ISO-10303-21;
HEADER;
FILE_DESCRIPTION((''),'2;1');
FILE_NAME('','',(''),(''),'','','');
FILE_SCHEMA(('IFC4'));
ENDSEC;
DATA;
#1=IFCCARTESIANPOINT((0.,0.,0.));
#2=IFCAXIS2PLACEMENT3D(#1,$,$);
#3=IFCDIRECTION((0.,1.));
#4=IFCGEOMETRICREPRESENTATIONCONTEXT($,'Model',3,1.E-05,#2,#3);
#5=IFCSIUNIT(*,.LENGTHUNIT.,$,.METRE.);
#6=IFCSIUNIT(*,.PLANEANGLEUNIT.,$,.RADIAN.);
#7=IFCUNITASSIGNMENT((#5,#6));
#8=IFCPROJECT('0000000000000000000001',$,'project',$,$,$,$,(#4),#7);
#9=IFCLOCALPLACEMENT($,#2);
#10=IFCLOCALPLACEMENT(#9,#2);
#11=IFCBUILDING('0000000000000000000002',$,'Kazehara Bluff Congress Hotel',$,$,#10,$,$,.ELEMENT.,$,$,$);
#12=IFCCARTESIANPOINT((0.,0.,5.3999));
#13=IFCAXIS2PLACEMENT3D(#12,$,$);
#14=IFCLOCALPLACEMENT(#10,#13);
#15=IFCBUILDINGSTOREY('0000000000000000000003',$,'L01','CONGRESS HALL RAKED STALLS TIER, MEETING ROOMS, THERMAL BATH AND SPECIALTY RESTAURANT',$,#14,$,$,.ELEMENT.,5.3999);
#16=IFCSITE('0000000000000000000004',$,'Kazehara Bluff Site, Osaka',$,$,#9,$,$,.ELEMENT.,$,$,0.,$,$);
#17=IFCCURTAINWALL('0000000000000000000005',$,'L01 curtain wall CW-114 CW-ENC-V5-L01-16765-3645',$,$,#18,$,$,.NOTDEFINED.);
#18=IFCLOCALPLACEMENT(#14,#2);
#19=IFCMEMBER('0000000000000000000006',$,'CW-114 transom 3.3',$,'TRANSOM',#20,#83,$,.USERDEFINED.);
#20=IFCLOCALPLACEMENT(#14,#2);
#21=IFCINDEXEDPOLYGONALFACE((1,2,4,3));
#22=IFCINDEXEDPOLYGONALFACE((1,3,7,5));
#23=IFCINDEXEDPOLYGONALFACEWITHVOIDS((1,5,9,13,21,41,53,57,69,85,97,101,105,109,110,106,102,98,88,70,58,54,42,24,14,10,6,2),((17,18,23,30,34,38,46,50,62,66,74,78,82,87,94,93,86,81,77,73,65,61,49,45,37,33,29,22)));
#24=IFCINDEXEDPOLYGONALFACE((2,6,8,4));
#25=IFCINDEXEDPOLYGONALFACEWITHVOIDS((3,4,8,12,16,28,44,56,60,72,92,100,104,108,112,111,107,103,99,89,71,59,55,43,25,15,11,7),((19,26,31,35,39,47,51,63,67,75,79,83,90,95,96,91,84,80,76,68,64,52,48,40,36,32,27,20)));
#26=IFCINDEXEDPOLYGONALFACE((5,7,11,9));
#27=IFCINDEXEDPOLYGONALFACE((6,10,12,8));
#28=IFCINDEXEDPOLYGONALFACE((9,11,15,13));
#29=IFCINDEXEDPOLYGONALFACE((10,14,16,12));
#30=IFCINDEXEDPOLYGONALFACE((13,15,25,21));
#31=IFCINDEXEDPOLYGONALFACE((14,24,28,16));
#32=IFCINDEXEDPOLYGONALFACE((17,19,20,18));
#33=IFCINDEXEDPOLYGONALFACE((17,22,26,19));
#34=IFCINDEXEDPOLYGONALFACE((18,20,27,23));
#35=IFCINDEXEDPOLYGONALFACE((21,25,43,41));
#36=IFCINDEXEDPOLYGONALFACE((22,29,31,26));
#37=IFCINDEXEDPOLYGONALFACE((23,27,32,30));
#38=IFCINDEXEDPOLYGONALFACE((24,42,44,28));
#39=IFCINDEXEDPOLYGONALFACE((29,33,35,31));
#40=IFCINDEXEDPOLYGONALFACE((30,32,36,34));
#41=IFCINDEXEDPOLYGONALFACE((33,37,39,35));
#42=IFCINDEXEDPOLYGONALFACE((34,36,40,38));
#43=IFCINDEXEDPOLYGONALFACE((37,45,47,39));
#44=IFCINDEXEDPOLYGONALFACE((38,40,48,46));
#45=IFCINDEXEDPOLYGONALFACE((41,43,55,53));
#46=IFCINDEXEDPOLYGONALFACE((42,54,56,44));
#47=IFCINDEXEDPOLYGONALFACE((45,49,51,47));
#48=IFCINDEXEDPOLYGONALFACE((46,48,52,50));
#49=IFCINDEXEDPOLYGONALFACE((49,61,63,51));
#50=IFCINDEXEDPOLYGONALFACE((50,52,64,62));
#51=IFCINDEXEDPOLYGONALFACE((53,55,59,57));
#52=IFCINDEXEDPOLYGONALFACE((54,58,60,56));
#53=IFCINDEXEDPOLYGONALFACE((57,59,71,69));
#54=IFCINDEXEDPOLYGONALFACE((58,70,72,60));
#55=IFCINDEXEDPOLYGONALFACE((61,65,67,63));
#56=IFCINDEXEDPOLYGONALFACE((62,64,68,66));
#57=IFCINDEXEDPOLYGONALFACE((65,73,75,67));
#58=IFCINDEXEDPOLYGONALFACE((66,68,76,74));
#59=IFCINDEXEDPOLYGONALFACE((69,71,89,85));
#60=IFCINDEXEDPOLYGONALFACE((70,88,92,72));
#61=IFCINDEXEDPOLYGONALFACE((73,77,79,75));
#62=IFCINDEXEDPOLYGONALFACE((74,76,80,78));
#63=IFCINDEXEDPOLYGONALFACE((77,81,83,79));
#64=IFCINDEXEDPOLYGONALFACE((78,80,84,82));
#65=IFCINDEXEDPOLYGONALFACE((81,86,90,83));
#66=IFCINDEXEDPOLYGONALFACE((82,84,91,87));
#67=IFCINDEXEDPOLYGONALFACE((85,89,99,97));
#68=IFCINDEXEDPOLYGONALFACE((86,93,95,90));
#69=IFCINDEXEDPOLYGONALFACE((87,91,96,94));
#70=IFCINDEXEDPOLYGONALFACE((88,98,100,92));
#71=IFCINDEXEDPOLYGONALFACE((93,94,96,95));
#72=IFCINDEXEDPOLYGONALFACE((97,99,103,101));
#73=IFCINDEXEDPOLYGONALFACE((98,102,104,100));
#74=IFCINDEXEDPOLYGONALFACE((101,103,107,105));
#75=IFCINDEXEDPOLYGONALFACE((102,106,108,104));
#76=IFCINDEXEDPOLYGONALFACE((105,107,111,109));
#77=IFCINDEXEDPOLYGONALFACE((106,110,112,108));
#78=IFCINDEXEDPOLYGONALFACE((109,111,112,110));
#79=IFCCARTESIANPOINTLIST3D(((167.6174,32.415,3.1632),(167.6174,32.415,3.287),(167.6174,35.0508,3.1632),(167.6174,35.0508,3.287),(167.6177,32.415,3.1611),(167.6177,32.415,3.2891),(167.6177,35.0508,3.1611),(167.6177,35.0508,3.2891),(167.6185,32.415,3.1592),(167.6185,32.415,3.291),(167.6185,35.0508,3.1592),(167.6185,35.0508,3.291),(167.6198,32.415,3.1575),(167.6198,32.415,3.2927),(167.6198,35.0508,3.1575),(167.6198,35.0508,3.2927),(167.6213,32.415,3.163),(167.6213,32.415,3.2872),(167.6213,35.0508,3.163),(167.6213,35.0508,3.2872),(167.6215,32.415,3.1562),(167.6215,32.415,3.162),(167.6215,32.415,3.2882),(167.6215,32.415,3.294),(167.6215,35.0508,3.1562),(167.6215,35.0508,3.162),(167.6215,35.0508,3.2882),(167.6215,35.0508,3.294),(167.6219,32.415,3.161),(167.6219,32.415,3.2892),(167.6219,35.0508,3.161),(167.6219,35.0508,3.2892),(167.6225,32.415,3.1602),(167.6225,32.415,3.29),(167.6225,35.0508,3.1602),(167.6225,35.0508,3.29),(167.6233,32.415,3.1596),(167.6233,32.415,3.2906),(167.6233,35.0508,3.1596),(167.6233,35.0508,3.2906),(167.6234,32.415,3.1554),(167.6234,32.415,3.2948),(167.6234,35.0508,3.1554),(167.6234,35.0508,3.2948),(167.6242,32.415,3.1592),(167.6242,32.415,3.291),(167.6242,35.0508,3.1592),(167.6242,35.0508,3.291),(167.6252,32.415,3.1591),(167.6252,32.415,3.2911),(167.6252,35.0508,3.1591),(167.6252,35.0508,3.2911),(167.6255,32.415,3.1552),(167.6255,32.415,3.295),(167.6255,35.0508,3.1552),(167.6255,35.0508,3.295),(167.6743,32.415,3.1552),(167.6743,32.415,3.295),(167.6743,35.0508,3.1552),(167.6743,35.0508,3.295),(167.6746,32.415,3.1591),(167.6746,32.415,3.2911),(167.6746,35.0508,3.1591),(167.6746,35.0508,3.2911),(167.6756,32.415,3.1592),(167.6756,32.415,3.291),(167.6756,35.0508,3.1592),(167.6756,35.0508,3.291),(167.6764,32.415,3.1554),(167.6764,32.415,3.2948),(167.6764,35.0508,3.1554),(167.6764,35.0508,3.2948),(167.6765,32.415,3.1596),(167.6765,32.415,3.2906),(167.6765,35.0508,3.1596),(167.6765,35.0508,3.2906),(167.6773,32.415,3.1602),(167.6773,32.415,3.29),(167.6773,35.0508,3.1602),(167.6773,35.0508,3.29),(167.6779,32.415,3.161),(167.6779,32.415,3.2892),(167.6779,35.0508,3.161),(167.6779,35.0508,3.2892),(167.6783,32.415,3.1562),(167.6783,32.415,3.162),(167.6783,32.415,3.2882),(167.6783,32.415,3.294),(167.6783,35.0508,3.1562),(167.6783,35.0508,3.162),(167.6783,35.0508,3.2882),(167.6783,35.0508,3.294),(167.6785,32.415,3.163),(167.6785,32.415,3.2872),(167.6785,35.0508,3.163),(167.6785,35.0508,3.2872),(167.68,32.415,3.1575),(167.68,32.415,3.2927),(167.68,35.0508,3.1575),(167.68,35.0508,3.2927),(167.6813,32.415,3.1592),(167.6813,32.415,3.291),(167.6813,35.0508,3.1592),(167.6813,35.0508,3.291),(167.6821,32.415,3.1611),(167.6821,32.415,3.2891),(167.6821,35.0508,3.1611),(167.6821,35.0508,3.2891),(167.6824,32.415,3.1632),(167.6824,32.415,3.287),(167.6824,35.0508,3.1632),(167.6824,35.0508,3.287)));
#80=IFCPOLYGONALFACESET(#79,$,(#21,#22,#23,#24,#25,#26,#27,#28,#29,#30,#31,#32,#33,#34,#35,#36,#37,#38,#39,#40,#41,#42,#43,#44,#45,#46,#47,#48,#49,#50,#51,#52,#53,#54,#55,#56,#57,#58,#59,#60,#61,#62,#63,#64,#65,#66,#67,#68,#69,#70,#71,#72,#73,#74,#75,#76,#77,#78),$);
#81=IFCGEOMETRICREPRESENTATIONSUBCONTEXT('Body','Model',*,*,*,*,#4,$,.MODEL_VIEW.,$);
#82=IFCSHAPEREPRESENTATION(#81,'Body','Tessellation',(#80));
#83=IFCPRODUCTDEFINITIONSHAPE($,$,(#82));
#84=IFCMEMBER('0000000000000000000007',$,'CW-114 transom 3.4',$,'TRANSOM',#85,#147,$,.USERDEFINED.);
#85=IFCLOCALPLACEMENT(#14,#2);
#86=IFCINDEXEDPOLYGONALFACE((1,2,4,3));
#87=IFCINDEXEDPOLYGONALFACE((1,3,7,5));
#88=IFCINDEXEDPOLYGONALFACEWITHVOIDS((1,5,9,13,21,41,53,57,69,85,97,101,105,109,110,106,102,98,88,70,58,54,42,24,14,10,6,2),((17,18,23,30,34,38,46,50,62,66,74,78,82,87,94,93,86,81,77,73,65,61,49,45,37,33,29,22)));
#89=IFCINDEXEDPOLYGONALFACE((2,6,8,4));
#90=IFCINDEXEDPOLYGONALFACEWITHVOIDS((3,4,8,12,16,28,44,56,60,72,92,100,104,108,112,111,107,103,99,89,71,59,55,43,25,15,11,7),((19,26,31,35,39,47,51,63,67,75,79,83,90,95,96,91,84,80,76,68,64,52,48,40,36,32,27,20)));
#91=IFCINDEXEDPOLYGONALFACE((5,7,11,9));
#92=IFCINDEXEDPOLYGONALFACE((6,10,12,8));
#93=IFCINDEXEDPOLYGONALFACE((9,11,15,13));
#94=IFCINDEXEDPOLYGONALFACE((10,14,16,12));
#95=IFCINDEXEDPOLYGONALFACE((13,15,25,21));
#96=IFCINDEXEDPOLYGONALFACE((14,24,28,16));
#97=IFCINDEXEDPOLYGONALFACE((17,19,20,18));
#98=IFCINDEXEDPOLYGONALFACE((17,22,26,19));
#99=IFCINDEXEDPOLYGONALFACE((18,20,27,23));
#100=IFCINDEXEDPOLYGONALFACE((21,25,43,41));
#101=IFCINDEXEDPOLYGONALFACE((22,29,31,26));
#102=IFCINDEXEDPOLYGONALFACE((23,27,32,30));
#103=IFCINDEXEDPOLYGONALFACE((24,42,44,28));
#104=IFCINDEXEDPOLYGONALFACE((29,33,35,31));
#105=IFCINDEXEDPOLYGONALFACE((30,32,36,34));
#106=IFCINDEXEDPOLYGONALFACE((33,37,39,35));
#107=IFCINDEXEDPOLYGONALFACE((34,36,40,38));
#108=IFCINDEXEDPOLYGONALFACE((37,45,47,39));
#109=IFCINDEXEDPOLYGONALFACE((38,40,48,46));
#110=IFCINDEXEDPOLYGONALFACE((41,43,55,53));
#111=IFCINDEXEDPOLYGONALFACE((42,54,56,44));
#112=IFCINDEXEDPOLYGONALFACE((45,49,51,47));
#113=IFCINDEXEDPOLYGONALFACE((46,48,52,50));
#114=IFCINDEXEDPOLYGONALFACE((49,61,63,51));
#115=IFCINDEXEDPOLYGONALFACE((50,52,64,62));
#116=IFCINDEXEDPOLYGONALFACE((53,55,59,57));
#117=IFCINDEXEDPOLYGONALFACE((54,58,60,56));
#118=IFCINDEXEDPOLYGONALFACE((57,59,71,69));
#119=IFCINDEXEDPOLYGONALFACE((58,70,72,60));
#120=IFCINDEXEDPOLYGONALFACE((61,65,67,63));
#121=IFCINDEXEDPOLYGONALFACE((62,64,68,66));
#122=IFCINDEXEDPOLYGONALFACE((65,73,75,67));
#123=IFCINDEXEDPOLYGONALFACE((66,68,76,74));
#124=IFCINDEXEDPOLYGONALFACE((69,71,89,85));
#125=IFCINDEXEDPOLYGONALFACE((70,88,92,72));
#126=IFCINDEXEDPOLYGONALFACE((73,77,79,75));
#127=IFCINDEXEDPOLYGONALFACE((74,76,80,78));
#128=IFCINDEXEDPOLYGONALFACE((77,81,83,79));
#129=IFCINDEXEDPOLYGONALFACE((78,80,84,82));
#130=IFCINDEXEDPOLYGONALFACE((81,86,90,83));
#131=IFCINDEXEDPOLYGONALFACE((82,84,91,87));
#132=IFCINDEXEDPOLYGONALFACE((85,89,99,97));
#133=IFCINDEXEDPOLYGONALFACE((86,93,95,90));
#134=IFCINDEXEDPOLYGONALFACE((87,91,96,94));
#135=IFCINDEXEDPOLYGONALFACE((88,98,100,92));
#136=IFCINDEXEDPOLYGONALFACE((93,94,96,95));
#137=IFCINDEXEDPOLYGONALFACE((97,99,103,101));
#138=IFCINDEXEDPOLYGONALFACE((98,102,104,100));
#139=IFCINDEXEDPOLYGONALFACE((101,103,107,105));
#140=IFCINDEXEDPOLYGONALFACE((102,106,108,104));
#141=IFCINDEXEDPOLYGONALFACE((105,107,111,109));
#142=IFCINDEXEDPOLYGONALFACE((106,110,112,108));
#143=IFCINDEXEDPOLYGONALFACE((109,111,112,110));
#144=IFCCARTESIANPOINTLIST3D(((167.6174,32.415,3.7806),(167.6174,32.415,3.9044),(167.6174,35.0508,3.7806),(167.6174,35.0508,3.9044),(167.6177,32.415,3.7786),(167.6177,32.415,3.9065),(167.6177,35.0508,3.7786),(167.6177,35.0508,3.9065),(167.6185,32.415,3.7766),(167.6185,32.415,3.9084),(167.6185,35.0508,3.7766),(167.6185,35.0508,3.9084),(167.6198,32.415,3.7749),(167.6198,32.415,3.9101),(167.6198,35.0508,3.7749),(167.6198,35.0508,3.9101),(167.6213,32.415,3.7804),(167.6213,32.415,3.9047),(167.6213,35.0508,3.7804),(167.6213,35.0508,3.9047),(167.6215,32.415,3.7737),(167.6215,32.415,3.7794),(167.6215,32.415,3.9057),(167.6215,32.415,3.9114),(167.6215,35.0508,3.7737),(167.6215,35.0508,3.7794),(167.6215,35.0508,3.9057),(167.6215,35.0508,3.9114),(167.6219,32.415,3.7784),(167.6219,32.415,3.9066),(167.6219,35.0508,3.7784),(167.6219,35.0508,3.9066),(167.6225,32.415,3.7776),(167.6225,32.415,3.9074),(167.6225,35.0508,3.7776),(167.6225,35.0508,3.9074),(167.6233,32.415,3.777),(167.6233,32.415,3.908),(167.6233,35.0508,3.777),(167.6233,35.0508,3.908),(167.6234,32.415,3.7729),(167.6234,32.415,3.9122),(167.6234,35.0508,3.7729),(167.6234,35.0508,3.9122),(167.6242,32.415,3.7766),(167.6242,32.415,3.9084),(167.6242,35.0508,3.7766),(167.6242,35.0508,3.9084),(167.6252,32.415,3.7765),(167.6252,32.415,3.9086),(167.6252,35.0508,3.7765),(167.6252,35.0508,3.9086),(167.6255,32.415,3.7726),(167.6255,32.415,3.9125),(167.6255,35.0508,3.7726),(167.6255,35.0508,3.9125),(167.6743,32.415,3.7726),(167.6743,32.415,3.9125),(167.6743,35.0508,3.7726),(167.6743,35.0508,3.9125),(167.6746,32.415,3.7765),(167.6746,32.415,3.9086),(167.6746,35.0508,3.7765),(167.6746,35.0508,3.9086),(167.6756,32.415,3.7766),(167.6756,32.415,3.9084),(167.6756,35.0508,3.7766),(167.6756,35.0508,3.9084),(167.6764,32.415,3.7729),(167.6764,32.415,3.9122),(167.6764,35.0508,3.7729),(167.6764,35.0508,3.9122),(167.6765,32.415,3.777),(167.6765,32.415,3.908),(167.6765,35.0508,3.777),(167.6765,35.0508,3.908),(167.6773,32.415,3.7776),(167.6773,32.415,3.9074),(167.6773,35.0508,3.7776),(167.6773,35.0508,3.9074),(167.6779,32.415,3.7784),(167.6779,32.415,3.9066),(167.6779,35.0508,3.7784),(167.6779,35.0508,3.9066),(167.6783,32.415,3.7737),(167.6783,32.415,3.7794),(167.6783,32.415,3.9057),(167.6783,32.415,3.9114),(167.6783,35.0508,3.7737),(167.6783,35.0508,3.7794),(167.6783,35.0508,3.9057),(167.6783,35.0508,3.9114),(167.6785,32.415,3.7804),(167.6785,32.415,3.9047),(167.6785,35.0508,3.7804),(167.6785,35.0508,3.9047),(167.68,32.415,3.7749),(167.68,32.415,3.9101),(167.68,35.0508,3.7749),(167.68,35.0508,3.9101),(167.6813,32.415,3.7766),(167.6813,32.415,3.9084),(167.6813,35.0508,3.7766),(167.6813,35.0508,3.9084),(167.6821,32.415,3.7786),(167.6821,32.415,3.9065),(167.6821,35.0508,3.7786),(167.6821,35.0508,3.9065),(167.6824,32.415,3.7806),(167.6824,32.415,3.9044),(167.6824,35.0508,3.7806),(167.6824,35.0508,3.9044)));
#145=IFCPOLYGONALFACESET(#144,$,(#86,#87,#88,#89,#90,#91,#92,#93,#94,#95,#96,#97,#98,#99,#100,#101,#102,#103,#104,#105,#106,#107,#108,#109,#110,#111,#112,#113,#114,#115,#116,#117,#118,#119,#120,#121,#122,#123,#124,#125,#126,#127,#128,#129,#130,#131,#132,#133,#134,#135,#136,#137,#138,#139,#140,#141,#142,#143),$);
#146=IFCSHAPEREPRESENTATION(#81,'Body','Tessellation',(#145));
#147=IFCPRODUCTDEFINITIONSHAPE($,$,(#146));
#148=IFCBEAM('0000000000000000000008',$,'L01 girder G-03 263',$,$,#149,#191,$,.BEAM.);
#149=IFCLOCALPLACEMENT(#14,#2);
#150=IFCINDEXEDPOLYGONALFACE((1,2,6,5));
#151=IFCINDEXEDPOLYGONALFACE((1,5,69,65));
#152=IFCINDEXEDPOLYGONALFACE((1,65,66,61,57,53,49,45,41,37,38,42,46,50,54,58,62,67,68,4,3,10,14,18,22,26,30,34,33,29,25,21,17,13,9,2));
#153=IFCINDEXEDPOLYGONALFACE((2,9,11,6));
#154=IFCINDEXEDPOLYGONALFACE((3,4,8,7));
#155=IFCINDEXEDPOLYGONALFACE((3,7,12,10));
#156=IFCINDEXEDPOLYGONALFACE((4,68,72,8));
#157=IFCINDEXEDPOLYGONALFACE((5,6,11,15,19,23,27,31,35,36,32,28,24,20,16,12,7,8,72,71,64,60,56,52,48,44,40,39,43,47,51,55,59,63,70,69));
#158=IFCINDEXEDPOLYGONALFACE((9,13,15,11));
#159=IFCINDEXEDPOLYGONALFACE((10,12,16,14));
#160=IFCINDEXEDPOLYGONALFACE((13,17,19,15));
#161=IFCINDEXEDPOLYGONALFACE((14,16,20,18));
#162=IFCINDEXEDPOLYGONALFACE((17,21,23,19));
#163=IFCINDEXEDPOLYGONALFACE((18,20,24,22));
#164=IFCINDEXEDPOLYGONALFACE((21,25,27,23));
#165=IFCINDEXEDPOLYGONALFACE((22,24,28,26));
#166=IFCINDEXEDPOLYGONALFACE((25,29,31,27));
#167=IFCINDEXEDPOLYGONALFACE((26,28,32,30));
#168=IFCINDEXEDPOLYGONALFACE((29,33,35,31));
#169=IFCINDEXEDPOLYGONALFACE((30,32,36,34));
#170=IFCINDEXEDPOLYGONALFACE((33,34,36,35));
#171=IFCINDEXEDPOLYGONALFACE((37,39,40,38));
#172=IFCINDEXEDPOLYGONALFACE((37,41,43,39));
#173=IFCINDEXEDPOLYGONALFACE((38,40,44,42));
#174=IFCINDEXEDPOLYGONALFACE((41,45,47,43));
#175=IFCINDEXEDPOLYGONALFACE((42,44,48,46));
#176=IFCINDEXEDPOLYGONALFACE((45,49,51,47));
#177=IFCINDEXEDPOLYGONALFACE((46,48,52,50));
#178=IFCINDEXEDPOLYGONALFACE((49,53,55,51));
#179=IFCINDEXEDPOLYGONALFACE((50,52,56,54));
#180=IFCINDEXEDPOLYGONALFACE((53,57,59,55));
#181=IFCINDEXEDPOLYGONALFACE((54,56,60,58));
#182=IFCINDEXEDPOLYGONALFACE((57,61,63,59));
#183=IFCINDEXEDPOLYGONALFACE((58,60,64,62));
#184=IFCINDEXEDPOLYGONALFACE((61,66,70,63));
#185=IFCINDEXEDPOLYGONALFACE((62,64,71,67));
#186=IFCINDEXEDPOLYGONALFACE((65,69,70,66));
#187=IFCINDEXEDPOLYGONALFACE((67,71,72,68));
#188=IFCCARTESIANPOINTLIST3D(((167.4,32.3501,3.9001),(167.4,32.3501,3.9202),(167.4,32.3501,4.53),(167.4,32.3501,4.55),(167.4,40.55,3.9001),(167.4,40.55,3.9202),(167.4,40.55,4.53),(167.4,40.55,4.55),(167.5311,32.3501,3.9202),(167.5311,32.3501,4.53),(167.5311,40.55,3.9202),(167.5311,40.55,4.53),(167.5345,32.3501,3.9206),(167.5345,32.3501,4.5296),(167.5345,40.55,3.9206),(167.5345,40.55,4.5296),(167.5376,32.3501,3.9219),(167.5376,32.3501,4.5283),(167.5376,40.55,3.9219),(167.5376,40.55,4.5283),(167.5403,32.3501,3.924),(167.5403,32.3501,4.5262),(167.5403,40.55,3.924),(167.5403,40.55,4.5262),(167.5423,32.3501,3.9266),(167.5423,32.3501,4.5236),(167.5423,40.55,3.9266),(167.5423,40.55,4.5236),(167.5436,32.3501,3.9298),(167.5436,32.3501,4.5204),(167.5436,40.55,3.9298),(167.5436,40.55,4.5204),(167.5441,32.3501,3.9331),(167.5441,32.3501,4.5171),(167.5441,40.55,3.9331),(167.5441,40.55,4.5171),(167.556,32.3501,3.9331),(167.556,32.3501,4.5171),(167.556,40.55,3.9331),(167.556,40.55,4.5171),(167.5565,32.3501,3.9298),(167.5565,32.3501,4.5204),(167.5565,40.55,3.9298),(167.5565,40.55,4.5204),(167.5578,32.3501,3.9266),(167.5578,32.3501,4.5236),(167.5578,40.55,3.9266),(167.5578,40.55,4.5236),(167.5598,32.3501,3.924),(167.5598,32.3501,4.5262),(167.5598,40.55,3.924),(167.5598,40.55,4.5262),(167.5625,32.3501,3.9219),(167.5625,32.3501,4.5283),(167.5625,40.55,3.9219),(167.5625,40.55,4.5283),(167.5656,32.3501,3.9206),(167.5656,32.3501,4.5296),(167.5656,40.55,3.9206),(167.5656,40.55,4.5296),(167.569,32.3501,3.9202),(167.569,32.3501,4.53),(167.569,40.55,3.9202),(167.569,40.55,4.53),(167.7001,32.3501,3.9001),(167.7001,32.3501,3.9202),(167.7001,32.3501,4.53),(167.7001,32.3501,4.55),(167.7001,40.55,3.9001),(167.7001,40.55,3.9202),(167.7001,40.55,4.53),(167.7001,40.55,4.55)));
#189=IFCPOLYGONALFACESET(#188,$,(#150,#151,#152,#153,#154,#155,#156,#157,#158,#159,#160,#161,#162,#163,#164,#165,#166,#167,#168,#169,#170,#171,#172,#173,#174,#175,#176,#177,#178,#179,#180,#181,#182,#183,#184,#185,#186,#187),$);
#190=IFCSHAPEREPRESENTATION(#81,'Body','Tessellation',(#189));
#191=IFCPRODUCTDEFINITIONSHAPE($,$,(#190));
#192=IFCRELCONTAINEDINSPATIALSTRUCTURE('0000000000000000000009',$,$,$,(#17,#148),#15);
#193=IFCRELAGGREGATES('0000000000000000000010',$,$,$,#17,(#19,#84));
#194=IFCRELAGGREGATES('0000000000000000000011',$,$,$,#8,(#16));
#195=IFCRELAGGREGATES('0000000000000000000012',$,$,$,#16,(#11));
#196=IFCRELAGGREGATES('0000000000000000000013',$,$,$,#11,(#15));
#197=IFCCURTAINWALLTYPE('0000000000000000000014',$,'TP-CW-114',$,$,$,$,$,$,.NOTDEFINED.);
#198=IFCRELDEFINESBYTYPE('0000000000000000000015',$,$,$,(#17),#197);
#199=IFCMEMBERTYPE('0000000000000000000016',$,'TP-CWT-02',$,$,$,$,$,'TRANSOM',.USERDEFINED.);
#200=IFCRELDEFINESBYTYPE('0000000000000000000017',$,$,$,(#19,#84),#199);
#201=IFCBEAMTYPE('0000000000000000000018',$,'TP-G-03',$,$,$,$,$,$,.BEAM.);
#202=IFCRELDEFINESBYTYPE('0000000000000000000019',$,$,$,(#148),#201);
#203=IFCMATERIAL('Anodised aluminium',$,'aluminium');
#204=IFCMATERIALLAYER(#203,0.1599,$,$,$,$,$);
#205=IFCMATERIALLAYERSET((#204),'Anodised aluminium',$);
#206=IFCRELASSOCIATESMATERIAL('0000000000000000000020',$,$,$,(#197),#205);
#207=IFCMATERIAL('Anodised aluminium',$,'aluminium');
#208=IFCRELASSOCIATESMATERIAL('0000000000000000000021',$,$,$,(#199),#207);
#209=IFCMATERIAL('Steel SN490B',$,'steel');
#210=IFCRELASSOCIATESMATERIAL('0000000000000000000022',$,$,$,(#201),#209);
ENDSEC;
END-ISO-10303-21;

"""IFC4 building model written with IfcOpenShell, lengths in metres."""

from ifc_helpers import new_model, si_unit, direction, frame, origin, origin_2d, place, context, subcontext, project, spatial, hollow_rectangle, i_section, extrude, material, layer, layer_set, material_profile, profile_set, type_object, element, aggregate, save


model = new_model("IFC4")

# Units and contexts
model_context = context("Model", 3, precision=1e-05, world=origin(), true_north=direction((0.0, 1.0)))
body_context = subcontext(model_context, "Body", "Model", "MODEL_VIEW")
ifc_project = project(units=[si_unit("LENGTHUNIT", "METRE"), si_unit("PLANEANGLEUNIT", "RADIAN")], contexts=[model_context])

# Site, building, storey
site_placement = place(None, origin())
site = spatial("IfcSite", under=ifc_project, at=site_placement, Name="Kazehara Bluff Site, Osaka", CompositionType="ELEMENT", RefElevation=0.0)
building_placement = place(site_placement, origin())
building = spatial("IfcBuilding", under=site, at=building_placement, Name="Kazehara Bluff Congress Hotel", CompositionType="ELEMENT")
storey_placement = place(building_placement, frame((0.0, 0.0, 5.3999)))
storey = spatial("IfcBuildingStorey", under=building, at=storey_placement, Name="L01", Description="CONGRESS HALL RAKED STALLS TIER, MEETING ROOMS, THERMAL BATH AND SPECIALTY RESTAURANT", CompositionType="ELEMENT", Elevation=5.3999)

# Curtain wall
ifc_material_1 = material(Name="Anodised aluminium", Category="aluminium")
ifc_layer_1 = layer(ifc_material_1, 0.1599)
ifc_layer_set_1 = layer_set([ifc_layer_1], Name="Anodised aluminium")
curtain_wall_type_1 = type_object("IfcCurtainWallType", Name="TP-CW-114", PredefinedType="NOTDEFINED", material=ifc_layer_set_1)
curtain_wall_1_placement = place(storey_placement, origin())
curtain_wall_1 = element("IfcCurtainWall", 1, at=curtain_wall_1_placement, inside=storey, type_object=curtain_wall_type_1, Name="L01 curtain wall CW-114 CW-ENC-V5-L01-16765-3645", PredefinedType="NOTDEFINED")

# Members
ifc_material_2 = material(Name="Anodised aluminium", Category="aluminium")
ifc_material_profile_1 = material_profile(ifc_material_2, hollow_rectangle(XDim=0.0649, YDim=0.1399, WallThickness=0.0039, InnerFilletRadius=0.0039, OuterFilletRadius=0.0081, at=origin_2d()))
ifc_profile_set_1 = profile_set([ifc_material_profile_1], Name="Anodised aluminium")
member_type_1 = type_object("IfcMemberType", Name="TP-CWT-02", ElementType="TRANSOM", PredefinedType="USERDEFINED", material=ifc_profile_set_1)
member_1_placement = place(storey_placement, frame((167.6499, 35.0508, 3.2251), z_axis=(0.0, -1.0, 0.0), x_axis=(1.0, 0.0, 0.0)))
member_1 = element("IfcMember", 2, at=member_1_placement, type_object=member_type_1, Name="CW-114 transom 3.3", ObjectType="TRANSOM", PredefinedType="USERDEFINED", context=body_context, shape_type="SweptSolid", body=[
    extrude(hollow_rectangle(XDim=0.0649, YDim=0.1399, WallThickness=0.0039, InnerFilletRadius=0.0039, OuterFilletRadius=0.0081, at=origin_2d()), origin(), (0.0, 0.0, 1.0), 2.6357),
])
member_2_placement = place(storey_placement, frame((167.6499, 35.0508, 3.8425), z_axis=(0.0, -1.0, 0.0), x_axis=(1.0, 0.0, 0.0)))
member_2 = element("IfcMember", 3, at=member_2_placement, type_object=member_type_1, Name="CW-114 transom 3.4", ObjectType="TRANSOM", PredefinedType="USERDEFINED", context=body_context, shape_type="SweptSolid", body=[
    extrude(hollow_rectangle(XDim=0.0649, YDim=0.1399, WallThickness=0.0039, InnerFilletRadius=0.0039, OuterFilletRadius=0.0081, at=origin_2d()), origin(), (0.0, 0.0, 1.0), 2.6357),
])

# Beam
ifc_material_3 = material(Name="Steel SN490B", Category="steel")
ifc_material_profile_2 = material_profile(ifc_material_3, i_section(OverallWidth=0.3, OverallDepth=0.6499, WebThickness=0.012, FlangeThickness=0.02, FilletRadius=0.0129, at=origin_2d()))
ifc_profile_set_2 = profile_set([ifc_material_profile_2], Name="Steel SN490B")
beam_type = type_object("IfcBeamType", Name="TP-G-03", PredefinedType="BEAM", material=ifc_profile_set_2)
beam_1_placement = place(storey_placement, frame((167.55, 32.3501, 4.2251), z_axis=(0.0, 1.0, 0.0), x_axis=(-1.0, 0.0, 0.0)))
element("IfcBeam", 4, at=beam_1_placement, inside=storey, type_object=beam_type, Name="L01 girder G-03 263", PredefinedType="BEAM", context=body_context, shape_type="SweptSolid", body=[
    extrude(i_section(OverallWidth=0.3, OverallDepth=0.6499, WebThickness=0.012, FlangeThickness=0.02, FilletRadius=0.0129, at=origin_2d()), origin(), (0.0, 0.0, 1.0), 8.2),
])

aggregate(curtain_wall_1, [member_1, member_2])

save(model, "model.ifc")
